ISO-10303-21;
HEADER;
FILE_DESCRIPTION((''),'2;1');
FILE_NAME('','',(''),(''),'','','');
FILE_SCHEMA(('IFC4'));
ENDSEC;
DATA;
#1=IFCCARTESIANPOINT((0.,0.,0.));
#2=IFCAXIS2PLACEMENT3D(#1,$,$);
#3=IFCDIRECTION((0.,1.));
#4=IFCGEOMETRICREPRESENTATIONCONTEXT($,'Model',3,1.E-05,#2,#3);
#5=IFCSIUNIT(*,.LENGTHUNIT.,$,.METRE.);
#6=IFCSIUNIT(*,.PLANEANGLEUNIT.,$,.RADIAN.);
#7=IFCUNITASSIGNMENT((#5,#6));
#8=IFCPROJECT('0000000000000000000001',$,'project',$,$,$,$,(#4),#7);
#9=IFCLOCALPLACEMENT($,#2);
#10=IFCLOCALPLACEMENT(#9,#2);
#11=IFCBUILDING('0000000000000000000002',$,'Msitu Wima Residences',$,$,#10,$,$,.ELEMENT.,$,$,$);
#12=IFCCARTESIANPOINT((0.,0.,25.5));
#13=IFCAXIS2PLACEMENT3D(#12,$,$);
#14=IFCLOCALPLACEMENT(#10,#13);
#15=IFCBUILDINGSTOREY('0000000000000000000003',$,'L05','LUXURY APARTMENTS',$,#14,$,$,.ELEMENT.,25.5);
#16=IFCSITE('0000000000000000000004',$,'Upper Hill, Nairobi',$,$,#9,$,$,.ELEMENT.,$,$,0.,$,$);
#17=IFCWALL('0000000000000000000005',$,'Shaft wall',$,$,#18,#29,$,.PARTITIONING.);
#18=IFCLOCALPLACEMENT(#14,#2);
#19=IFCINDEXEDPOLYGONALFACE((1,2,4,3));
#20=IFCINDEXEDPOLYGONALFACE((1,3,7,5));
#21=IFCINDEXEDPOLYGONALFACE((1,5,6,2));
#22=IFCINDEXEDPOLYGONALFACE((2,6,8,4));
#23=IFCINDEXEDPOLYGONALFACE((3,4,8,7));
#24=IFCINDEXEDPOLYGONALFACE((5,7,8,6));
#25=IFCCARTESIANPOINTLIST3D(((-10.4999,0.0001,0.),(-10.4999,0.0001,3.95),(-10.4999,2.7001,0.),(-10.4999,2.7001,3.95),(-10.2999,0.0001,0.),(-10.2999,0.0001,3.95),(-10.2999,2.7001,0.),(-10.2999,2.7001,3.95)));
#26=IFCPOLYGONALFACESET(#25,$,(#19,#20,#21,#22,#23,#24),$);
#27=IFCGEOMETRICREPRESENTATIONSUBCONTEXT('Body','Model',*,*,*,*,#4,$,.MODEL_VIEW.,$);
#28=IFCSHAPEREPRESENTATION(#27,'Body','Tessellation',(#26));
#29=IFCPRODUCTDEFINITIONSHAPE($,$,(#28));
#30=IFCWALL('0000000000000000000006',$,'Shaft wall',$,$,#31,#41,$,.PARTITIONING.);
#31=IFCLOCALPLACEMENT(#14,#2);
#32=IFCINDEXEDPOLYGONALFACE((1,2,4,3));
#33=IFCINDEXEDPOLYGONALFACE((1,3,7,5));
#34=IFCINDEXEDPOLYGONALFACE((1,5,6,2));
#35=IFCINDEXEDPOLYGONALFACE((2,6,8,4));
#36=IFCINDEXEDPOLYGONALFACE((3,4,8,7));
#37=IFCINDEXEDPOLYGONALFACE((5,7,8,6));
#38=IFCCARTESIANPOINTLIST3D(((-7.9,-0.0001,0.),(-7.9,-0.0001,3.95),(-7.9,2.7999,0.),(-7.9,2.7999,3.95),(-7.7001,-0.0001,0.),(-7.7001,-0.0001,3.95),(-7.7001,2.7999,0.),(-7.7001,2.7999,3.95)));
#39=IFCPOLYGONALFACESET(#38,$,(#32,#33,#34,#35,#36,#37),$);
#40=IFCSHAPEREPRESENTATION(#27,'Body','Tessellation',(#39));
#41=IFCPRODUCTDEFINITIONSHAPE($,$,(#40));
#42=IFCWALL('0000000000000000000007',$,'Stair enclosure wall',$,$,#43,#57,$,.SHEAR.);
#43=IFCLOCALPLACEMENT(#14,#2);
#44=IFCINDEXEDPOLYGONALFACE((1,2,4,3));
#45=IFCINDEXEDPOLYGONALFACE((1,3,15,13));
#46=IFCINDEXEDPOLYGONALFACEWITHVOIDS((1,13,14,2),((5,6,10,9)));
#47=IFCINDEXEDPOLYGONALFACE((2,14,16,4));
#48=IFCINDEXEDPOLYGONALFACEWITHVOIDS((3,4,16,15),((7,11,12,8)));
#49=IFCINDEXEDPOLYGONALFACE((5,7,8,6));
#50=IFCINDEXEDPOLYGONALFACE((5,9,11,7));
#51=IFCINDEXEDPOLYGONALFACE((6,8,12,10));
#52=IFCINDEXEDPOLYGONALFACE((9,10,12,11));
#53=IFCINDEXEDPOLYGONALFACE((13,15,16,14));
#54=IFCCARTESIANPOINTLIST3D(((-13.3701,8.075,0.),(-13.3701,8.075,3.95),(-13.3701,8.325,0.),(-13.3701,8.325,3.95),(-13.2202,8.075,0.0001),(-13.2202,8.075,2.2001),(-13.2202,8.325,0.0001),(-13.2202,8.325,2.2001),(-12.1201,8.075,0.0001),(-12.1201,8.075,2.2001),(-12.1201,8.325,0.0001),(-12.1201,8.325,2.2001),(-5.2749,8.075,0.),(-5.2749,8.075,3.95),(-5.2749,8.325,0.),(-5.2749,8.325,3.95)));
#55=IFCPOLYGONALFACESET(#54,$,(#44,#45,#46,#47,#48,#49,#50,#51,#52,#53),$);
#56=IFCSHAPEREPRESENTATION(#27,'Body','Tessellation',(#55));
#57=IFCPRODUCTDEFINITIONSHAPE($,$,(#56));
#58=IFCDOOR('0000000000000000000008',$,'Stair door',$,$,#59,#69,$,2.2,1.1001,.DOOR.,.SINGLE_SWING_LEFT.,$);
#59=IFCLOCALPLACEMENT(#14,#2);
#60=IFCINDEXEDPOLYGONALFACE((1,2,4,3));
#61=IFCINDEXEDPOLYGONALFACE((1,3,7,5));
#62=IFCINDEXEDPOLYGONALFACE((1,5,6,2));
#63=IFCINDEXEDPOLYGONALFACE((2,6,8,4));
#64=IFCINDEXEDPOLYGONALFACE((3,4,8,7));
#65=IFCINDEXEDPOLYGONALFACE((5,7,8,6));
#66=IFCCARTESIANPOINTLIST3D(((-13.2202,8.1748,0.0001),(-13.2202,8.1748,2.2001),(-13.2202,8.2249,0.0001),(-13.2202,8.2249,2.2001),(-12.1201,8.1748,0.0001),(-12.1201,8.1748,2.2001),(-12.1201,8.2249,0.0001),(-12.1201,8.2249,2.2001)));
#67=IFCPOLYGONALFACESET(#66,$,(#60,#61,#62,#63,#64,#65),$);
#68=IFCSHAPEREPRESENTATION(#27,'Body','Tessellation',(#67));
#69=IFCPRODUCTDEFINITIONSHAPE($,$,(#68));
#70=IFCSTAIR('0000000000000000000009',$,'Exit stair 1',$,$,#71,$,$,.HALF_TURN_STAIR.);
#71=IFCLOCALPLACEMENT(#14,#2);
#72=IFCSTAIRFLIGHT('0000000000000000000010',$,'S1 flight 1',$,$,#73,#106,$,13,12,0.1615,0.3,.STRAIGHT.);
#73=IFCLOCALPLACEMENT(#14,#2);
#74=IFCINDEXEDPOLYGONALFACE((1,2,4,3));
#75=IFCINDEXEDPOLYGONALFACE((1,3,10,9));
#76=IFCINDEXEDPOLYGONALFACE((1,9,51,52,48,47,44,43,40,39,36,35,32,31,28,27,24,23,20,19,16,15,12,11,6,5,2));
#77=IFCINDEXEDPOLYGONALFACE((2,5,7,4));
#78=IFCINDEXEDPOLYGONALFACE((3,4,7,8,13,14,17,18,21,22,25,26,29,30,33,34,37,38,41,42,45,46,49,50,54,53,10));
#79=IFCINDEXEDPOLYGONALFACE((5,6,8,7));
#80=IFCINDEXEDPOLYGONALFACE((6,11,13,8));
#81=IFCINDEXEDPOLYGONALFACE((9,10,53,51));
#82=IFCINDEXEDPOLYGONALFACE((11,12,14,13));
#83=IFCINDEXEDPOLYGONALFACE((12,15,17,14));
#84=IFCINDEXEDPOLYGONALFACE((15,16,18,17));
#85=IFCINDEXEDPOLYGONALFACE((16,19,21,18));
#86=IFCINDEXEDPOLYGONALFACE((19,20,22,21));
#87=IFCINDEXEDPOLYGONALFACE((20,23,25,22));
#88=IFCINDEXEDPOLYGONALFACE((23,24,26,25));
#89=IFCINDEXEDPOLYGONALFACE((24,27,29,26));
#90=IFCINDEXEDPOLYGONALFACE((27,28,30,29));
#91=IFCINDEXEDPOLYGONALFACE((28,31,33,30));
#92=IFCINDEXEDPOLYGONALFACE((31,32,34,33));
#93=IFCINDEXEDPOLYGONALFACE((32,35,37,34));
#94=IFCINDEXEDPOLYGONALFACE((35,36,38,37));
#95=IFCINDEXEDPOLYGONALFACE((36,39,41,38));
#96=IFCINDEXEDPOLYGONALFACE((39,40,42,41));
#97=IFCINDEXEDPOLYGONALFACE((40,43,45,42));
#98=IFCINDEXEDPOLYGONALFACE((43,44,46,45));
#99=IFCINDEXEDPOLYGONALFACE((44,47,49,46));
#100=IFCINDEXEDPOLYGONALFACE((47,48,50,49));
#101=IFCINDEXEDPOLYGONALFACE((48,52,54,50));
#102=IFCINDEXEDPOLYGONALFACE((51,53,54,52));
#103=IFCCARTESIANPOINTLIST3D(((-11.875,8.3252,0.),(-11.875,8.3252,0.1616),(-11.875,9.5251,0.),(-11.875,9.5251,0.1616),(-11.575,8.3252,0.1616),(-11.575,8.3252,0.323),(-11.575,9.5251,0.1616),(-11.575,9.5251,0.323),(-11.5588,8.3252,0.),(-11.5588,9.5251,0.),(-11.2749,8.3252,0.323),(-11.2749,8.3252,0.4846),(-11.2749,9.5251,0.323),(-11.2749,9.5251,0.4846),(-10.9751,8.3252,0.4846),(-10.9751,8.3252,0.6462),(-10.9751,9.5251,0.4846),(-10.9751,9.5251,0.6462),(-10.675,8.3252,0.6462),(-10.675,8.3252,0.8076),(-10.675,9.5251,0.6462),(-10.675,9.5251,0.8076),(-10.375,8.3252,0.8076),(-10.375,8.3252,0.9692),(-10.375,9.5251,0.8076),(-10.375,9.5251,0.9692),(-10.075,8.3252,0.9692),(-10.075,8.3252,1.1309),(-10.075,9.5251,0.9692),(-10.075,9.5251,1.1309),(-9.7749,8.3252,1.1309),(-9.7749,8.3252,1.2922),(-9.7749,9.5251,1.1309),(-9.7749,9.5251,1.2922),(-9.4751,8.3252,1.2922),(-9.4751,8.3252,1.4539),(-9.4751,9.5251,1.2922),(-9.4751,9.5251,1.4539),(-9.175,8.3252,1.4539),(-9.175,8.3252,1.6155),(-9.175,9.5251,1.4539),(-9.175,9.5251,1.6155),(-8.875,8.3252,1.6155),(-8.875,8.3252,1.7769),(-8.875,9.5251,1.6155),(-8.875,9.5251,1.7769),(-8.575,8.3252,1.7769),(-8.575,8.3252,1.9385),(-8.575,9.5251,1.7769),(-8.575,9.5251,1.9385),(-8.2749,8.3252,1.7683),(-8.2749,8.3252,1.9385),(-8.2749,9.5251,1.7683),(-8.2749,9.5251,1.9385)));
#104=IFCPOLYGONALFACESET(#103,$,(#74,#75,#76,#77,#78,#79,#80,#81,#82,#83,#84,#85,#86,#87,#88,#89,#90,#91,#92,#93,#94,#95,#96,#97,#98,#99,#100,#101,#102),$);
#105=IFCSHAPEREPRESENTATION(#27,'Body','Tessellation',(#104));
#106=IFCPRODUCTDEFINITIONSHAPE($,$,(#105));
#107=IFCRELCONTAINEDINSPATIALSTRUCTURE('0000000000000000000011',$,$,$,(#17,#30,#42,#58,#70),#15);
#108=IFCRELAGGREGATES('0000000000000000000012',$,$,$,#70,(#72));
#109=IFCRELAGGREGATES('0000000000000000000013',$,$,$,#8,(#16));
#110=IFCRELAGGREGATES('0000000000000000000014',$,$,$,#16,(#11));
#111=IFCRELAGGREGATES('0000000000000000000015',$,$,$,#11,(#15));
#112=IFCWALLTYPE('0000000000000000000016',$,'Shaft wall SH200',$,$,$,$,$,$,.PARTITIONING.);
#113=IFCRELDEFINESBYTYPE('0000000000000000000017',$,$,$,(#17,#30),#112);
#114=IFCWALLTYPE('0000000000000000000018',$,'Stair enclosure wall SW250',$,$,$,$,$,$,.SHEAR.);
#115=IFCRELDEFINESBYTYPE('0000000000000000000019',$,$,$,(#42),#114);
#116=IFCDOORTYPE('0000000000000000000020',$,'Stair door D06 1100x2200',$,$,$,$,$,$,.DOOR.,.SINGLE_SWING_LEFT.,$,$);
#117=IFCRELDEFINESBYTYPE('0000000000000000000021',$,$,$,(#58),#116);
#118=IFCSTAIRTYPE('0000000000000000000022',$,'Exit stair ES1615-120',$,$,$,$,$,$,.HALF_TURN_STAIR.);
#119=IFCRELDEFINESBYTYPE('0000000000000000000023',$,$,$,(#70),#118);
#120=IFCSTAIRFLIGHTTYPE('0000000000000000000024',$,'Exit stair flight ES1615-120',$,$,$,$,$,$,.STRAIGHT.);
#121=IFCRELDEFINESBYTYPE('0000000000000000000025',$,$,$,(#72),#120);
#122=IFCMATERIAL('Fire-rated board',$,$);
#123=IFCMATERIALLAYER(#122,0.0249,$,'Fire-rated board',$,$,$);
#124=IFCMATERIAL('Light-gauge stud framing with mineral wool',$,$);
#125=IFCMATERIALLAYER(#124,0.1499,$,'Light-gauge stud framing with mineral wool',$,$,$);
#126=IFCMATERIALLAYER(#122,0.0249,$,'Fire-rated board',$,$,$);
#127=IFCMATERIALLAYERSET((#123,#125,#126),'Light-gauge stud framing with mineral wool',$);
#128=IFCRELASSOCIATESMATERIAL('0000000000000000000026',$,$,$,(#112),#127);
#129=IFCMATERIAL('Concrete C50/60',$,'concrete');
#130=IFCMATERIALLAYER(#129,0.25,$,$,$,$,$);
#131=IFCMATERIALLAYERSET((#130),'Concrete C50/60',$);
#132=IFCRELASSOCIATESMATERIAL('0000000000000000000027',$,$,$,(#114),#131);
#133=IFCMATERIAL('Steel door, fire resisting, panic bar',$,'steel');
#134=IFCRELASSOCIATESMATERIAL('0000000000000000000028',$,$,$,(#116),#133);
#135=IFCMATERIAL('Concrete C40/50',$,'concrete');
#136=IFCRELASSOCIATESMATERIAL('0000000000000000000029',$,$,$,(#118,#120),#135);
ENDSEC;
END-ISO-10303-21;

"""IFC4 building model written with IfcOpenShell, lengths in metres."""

from ifc_helpers import new_model, si_unit, direction, frame, frame_2d, origin, place, context, subcontext, project, spatial, polyline, rectangle, outline, extrude, material, layer, layer_set, type_object, element, fill, aggregate, save


model = new_model("IFC4")

# Units and contexts
model_context = context("Model", 3, precision=1e-05, world=origin(), true_north=direction((0.0, 1.0)))
body_context = subcontext(model_context, "Body", "Model", "MODEL_VIEW")
ifc_project = project(units=[si_unit("LENGTHUNIT", "METRE"), si_unit("PLANEANGLEUNIT", "RADIAN")], contexts=[model_context])

# Site, building, storey
site_placement = place(None, origin())
site = spatial("IfcSite", under=ifc_project, at=site_placement, Name="Upper Hill, Nairobi", CompositionType="ELEMENT", RefElevation=0.0)
building_placement = place(site_placement, origin())
building = spatial("IfcBuilding", under=site, at=building_placement, Name="Msitu Wima Residences", CompositionType="ELEMENT")
storey_placement = place(building_placement, frame((0.0, 0.0, 25.5)))
storey = spatial("IfcBuildingStorey", under=building, at=storey_placement, Name="L05", Description="LUXURY APARTMENTS", CompositionType="ELEMENT", Elevation=25.5)

# Shared definitions
ifc_material_1 = material(Name="Concrete C40/50", Category="concrete")

# Shared definitions
ifc_material_2 = material(Name="Fire-rated board")
ifc_layer_1 = layer(ifc_material_2, 0.0249, Name="Fire-rated board")
ifc_material_3 = material(Name="Light-gauge stud framing with mineral wool")
ifc_layer_2 = layer(ifc_material_3, 0.1499, Name="Light-gauge stud framing with mineral wool")
ifc_layer_3 = layer(ifc_material_2, 0.0249, Name="Fire-rated board")
ifc_layer_set_1 = layer_set([ifc_layer_1, ifc_layer_2, ifc_layer_3], Name="Light-gauge stud framing with mineral wool")
wall_type_1 = type_object("IfcWallType", Name="Shaft wall SH200", PredefinedType="PARTITIONING", material=ifc_layer_set_1)

# Walls
wall_1_placement = place(storey_placement, frame((-10.3999, 0.0, 0.0), z_axis=(0.0, 0.0, 1.0), x_axis=(0.0, 1.0, 0.0)))
element("IfcWall", 1, at=wall_1_placement, inside=storey, type_object=wall_type_1, Name="Shaft wall", PredefinedType="PARTITIONING", context=body_context, shape_type="SweptSolid", body=[
    extrude(rectangle(XDim=2.7, YDim=0.2, at=frame_2d((1.3501, 0.0))), origin(), (0.0, 0.0, 1.0), 3.95),
])
wall_2_placement = place(storey_placement, frame((-7.8, 0.0, 0.0), z_axis=(0.0, 0.0, 1.0), x_axis=(0.0, 1.0, 0.0)))
element("IfcWall", 2, at=wall_2_placement, inside=storey, type_object=wall_type_1, Name="Shaft wall", PredefinedType="PARTITIONING", context=body_context, shape_type="SweptSolid", body=[
    extrude(rectangle(XDim=2.8, YDim=0.2, at=frame_2d((1.3999, 0.0))), origin(), (0.0, 0.0, 1.0), 3.95),
])

# Wall, opening, door
ifc_material_4 = material(Name="Concrete C50/60", Category="concrete")
ifc_layer_4 = layer(ifc_material_4, 0.25)
ifc_layer_set_2 = layer_set([ifc_layer_4], Name="Concrete C50/60")
wall_type_2 = type_object("IfcWallType", Name="Stair enclosure wall SW250", PredefinedType="SHEAR", material=ifc_layer_set_2)
wall_3_placement = place(storey_placement, frame((-13.3701, 8.2, 0.0), z_axis=(0.0, 0.0, 1.0), x_axis=(1.0, 0.0, 0.0)))
wall_3 = element("IfcWall", 3, at=wall_3_placement, inside=storey, type_object=wall_type_2, Name="Stair enclosure wall", PredefinedType="SHEAR", context=body_context, shape_type="SweptSolid", body=[
    extrude(rectangle(XDim=8.0952, YDim=0.25, at=frame_2d((4.0476, 0.0))), origin(), (0.0, 0.0, 1.0), 3.95),
])
opening_1_placement = place(wall_3_placement, frame((0.1499, 0.0, 0.0)))
opening_1 = element("IfcOpeningElement", 4, at=opening_1_placement, cuts=wall_3, PredefinedType="OPENING", context=body_context, shape_type="SweptSolid", body=[
    extrude(rectangle(XDim=1.1001, YDim=2.2, at=frame_2d((0.55, 1.1001))), frame((0.0, 0.135, 0.0), z_axis=(0.0, -1.0, 0.0), x_axis=(1.0, 0.0, 0.0)), (0.0, 0.0, 1.0), 0.27),
])
ifc_material_5 = material(Name="Steel door, fire resisting, panic bar", Category="steel")
door_type_1 = type_object("IfcDoorType", Name="Stair door D06 1100x2200", OperationType="SINGLE_SWING_LEFT", PredefinedType="DOOR", material=ifc_material_5)
door_1_placement = place(opening_1_placement, origin())
door_1 = element("IfcDoor", 5, at=door_1_placement, inside=storey, type_object=door_type_1, Name="Stair door", OperationType="SINGLE_SWING_LEFT", OverallHeight=2.2, OverallWidth=1.1001, PredefinedType="DOOR", context=body_context, shape_type="SweptSolid", body=[
    extrude(rectangle(XDim=1.1001, YDim=2.2, at=frame_2d((0.55, 1.1001))), frame((0.0, 0.0249, 0.0), z_axis=(0.0, -1.0, 0.0), x_axis=(1.0, 0.0, 0.0)), (0.0, 0.0, 1.0), 0.05),
])
fill(opening_1, door_1)

# Stair, stair flight
stair_type = type_object("IfcStairType", Name="Exit stair ES1615-120", PredefinedType="HALF_TURN_STAIR", material=ifc_material_1)
stair_placement = place(storey_placement, origin())
stair = element("IfcStair", 6, at=stair_placement, inside=storey, type_object=stair_type, Name="Exit stair 1", PredefinedType="HALF_TURN_STAIR")
stair_flight_type = type_object("IfcStairFlightType", Name="Exit stair flight ES1615-120", PredefinedType="STRAIGHT", material=ifc_material_1)
stair_flight_placement = place(storey_placement, frame((-11.875, 8.925, 0.0), z_axis=(0.0, 0.0, 1.0), x_axis=(1.0, 0.0, 0.0)))
stair_flight = element("IfcStairFlight", 7, at=stair_flight_placement, type_object=stair_flight_type, Name="S1 flight 1", NumberOfRisers=13, NumberOfTreads=12, PredefinedType="STRAIGHT", RiserHeight=0.1615, TreadLength=0.3, context=body_context, shape_type="SweptSolid", body=[
    extrude(outline(polyline([(0.0, 0.0), (0.0, 0.1616), (0.3, 0.1616), (0.3, 0.323), (0.6001, 0.323), (0.6001, 0.4846), (0.8999, 0.4846), (0.8999, 0.6462), (1.2, 0.6462), (1.2, 0.8076), (1.5, 0.8076), (1.5, 0.9692), (1.8, 0.9692), (1.8, 1.1309), (2.1001, 1.1309), (2.1001, 1.2922), (2.3999, 1.2922), (2.3999, 1.4539), (2.7, 1.4539), (2.7, 1.6155), (3.0, 1.6155), (3.0, 1.7769), (3.3, 1.7769), (3.3, 1.9385), (3.6001, 1.9385), (3.6001, 2.1001), (3.6001, 1.7683), (0.3162, 0.0), (0.0, 0.0)])), frame((0.0, 0.6001, 0.0), z_axis=(0.0, -1.0, 0.0), x_axis=(1.0, 0.0, 0.0)), (0.0, 0.0, 1.0), 1.2),
])
aggregate(stair, [stair_flight])

save(model, "model.ifc")
